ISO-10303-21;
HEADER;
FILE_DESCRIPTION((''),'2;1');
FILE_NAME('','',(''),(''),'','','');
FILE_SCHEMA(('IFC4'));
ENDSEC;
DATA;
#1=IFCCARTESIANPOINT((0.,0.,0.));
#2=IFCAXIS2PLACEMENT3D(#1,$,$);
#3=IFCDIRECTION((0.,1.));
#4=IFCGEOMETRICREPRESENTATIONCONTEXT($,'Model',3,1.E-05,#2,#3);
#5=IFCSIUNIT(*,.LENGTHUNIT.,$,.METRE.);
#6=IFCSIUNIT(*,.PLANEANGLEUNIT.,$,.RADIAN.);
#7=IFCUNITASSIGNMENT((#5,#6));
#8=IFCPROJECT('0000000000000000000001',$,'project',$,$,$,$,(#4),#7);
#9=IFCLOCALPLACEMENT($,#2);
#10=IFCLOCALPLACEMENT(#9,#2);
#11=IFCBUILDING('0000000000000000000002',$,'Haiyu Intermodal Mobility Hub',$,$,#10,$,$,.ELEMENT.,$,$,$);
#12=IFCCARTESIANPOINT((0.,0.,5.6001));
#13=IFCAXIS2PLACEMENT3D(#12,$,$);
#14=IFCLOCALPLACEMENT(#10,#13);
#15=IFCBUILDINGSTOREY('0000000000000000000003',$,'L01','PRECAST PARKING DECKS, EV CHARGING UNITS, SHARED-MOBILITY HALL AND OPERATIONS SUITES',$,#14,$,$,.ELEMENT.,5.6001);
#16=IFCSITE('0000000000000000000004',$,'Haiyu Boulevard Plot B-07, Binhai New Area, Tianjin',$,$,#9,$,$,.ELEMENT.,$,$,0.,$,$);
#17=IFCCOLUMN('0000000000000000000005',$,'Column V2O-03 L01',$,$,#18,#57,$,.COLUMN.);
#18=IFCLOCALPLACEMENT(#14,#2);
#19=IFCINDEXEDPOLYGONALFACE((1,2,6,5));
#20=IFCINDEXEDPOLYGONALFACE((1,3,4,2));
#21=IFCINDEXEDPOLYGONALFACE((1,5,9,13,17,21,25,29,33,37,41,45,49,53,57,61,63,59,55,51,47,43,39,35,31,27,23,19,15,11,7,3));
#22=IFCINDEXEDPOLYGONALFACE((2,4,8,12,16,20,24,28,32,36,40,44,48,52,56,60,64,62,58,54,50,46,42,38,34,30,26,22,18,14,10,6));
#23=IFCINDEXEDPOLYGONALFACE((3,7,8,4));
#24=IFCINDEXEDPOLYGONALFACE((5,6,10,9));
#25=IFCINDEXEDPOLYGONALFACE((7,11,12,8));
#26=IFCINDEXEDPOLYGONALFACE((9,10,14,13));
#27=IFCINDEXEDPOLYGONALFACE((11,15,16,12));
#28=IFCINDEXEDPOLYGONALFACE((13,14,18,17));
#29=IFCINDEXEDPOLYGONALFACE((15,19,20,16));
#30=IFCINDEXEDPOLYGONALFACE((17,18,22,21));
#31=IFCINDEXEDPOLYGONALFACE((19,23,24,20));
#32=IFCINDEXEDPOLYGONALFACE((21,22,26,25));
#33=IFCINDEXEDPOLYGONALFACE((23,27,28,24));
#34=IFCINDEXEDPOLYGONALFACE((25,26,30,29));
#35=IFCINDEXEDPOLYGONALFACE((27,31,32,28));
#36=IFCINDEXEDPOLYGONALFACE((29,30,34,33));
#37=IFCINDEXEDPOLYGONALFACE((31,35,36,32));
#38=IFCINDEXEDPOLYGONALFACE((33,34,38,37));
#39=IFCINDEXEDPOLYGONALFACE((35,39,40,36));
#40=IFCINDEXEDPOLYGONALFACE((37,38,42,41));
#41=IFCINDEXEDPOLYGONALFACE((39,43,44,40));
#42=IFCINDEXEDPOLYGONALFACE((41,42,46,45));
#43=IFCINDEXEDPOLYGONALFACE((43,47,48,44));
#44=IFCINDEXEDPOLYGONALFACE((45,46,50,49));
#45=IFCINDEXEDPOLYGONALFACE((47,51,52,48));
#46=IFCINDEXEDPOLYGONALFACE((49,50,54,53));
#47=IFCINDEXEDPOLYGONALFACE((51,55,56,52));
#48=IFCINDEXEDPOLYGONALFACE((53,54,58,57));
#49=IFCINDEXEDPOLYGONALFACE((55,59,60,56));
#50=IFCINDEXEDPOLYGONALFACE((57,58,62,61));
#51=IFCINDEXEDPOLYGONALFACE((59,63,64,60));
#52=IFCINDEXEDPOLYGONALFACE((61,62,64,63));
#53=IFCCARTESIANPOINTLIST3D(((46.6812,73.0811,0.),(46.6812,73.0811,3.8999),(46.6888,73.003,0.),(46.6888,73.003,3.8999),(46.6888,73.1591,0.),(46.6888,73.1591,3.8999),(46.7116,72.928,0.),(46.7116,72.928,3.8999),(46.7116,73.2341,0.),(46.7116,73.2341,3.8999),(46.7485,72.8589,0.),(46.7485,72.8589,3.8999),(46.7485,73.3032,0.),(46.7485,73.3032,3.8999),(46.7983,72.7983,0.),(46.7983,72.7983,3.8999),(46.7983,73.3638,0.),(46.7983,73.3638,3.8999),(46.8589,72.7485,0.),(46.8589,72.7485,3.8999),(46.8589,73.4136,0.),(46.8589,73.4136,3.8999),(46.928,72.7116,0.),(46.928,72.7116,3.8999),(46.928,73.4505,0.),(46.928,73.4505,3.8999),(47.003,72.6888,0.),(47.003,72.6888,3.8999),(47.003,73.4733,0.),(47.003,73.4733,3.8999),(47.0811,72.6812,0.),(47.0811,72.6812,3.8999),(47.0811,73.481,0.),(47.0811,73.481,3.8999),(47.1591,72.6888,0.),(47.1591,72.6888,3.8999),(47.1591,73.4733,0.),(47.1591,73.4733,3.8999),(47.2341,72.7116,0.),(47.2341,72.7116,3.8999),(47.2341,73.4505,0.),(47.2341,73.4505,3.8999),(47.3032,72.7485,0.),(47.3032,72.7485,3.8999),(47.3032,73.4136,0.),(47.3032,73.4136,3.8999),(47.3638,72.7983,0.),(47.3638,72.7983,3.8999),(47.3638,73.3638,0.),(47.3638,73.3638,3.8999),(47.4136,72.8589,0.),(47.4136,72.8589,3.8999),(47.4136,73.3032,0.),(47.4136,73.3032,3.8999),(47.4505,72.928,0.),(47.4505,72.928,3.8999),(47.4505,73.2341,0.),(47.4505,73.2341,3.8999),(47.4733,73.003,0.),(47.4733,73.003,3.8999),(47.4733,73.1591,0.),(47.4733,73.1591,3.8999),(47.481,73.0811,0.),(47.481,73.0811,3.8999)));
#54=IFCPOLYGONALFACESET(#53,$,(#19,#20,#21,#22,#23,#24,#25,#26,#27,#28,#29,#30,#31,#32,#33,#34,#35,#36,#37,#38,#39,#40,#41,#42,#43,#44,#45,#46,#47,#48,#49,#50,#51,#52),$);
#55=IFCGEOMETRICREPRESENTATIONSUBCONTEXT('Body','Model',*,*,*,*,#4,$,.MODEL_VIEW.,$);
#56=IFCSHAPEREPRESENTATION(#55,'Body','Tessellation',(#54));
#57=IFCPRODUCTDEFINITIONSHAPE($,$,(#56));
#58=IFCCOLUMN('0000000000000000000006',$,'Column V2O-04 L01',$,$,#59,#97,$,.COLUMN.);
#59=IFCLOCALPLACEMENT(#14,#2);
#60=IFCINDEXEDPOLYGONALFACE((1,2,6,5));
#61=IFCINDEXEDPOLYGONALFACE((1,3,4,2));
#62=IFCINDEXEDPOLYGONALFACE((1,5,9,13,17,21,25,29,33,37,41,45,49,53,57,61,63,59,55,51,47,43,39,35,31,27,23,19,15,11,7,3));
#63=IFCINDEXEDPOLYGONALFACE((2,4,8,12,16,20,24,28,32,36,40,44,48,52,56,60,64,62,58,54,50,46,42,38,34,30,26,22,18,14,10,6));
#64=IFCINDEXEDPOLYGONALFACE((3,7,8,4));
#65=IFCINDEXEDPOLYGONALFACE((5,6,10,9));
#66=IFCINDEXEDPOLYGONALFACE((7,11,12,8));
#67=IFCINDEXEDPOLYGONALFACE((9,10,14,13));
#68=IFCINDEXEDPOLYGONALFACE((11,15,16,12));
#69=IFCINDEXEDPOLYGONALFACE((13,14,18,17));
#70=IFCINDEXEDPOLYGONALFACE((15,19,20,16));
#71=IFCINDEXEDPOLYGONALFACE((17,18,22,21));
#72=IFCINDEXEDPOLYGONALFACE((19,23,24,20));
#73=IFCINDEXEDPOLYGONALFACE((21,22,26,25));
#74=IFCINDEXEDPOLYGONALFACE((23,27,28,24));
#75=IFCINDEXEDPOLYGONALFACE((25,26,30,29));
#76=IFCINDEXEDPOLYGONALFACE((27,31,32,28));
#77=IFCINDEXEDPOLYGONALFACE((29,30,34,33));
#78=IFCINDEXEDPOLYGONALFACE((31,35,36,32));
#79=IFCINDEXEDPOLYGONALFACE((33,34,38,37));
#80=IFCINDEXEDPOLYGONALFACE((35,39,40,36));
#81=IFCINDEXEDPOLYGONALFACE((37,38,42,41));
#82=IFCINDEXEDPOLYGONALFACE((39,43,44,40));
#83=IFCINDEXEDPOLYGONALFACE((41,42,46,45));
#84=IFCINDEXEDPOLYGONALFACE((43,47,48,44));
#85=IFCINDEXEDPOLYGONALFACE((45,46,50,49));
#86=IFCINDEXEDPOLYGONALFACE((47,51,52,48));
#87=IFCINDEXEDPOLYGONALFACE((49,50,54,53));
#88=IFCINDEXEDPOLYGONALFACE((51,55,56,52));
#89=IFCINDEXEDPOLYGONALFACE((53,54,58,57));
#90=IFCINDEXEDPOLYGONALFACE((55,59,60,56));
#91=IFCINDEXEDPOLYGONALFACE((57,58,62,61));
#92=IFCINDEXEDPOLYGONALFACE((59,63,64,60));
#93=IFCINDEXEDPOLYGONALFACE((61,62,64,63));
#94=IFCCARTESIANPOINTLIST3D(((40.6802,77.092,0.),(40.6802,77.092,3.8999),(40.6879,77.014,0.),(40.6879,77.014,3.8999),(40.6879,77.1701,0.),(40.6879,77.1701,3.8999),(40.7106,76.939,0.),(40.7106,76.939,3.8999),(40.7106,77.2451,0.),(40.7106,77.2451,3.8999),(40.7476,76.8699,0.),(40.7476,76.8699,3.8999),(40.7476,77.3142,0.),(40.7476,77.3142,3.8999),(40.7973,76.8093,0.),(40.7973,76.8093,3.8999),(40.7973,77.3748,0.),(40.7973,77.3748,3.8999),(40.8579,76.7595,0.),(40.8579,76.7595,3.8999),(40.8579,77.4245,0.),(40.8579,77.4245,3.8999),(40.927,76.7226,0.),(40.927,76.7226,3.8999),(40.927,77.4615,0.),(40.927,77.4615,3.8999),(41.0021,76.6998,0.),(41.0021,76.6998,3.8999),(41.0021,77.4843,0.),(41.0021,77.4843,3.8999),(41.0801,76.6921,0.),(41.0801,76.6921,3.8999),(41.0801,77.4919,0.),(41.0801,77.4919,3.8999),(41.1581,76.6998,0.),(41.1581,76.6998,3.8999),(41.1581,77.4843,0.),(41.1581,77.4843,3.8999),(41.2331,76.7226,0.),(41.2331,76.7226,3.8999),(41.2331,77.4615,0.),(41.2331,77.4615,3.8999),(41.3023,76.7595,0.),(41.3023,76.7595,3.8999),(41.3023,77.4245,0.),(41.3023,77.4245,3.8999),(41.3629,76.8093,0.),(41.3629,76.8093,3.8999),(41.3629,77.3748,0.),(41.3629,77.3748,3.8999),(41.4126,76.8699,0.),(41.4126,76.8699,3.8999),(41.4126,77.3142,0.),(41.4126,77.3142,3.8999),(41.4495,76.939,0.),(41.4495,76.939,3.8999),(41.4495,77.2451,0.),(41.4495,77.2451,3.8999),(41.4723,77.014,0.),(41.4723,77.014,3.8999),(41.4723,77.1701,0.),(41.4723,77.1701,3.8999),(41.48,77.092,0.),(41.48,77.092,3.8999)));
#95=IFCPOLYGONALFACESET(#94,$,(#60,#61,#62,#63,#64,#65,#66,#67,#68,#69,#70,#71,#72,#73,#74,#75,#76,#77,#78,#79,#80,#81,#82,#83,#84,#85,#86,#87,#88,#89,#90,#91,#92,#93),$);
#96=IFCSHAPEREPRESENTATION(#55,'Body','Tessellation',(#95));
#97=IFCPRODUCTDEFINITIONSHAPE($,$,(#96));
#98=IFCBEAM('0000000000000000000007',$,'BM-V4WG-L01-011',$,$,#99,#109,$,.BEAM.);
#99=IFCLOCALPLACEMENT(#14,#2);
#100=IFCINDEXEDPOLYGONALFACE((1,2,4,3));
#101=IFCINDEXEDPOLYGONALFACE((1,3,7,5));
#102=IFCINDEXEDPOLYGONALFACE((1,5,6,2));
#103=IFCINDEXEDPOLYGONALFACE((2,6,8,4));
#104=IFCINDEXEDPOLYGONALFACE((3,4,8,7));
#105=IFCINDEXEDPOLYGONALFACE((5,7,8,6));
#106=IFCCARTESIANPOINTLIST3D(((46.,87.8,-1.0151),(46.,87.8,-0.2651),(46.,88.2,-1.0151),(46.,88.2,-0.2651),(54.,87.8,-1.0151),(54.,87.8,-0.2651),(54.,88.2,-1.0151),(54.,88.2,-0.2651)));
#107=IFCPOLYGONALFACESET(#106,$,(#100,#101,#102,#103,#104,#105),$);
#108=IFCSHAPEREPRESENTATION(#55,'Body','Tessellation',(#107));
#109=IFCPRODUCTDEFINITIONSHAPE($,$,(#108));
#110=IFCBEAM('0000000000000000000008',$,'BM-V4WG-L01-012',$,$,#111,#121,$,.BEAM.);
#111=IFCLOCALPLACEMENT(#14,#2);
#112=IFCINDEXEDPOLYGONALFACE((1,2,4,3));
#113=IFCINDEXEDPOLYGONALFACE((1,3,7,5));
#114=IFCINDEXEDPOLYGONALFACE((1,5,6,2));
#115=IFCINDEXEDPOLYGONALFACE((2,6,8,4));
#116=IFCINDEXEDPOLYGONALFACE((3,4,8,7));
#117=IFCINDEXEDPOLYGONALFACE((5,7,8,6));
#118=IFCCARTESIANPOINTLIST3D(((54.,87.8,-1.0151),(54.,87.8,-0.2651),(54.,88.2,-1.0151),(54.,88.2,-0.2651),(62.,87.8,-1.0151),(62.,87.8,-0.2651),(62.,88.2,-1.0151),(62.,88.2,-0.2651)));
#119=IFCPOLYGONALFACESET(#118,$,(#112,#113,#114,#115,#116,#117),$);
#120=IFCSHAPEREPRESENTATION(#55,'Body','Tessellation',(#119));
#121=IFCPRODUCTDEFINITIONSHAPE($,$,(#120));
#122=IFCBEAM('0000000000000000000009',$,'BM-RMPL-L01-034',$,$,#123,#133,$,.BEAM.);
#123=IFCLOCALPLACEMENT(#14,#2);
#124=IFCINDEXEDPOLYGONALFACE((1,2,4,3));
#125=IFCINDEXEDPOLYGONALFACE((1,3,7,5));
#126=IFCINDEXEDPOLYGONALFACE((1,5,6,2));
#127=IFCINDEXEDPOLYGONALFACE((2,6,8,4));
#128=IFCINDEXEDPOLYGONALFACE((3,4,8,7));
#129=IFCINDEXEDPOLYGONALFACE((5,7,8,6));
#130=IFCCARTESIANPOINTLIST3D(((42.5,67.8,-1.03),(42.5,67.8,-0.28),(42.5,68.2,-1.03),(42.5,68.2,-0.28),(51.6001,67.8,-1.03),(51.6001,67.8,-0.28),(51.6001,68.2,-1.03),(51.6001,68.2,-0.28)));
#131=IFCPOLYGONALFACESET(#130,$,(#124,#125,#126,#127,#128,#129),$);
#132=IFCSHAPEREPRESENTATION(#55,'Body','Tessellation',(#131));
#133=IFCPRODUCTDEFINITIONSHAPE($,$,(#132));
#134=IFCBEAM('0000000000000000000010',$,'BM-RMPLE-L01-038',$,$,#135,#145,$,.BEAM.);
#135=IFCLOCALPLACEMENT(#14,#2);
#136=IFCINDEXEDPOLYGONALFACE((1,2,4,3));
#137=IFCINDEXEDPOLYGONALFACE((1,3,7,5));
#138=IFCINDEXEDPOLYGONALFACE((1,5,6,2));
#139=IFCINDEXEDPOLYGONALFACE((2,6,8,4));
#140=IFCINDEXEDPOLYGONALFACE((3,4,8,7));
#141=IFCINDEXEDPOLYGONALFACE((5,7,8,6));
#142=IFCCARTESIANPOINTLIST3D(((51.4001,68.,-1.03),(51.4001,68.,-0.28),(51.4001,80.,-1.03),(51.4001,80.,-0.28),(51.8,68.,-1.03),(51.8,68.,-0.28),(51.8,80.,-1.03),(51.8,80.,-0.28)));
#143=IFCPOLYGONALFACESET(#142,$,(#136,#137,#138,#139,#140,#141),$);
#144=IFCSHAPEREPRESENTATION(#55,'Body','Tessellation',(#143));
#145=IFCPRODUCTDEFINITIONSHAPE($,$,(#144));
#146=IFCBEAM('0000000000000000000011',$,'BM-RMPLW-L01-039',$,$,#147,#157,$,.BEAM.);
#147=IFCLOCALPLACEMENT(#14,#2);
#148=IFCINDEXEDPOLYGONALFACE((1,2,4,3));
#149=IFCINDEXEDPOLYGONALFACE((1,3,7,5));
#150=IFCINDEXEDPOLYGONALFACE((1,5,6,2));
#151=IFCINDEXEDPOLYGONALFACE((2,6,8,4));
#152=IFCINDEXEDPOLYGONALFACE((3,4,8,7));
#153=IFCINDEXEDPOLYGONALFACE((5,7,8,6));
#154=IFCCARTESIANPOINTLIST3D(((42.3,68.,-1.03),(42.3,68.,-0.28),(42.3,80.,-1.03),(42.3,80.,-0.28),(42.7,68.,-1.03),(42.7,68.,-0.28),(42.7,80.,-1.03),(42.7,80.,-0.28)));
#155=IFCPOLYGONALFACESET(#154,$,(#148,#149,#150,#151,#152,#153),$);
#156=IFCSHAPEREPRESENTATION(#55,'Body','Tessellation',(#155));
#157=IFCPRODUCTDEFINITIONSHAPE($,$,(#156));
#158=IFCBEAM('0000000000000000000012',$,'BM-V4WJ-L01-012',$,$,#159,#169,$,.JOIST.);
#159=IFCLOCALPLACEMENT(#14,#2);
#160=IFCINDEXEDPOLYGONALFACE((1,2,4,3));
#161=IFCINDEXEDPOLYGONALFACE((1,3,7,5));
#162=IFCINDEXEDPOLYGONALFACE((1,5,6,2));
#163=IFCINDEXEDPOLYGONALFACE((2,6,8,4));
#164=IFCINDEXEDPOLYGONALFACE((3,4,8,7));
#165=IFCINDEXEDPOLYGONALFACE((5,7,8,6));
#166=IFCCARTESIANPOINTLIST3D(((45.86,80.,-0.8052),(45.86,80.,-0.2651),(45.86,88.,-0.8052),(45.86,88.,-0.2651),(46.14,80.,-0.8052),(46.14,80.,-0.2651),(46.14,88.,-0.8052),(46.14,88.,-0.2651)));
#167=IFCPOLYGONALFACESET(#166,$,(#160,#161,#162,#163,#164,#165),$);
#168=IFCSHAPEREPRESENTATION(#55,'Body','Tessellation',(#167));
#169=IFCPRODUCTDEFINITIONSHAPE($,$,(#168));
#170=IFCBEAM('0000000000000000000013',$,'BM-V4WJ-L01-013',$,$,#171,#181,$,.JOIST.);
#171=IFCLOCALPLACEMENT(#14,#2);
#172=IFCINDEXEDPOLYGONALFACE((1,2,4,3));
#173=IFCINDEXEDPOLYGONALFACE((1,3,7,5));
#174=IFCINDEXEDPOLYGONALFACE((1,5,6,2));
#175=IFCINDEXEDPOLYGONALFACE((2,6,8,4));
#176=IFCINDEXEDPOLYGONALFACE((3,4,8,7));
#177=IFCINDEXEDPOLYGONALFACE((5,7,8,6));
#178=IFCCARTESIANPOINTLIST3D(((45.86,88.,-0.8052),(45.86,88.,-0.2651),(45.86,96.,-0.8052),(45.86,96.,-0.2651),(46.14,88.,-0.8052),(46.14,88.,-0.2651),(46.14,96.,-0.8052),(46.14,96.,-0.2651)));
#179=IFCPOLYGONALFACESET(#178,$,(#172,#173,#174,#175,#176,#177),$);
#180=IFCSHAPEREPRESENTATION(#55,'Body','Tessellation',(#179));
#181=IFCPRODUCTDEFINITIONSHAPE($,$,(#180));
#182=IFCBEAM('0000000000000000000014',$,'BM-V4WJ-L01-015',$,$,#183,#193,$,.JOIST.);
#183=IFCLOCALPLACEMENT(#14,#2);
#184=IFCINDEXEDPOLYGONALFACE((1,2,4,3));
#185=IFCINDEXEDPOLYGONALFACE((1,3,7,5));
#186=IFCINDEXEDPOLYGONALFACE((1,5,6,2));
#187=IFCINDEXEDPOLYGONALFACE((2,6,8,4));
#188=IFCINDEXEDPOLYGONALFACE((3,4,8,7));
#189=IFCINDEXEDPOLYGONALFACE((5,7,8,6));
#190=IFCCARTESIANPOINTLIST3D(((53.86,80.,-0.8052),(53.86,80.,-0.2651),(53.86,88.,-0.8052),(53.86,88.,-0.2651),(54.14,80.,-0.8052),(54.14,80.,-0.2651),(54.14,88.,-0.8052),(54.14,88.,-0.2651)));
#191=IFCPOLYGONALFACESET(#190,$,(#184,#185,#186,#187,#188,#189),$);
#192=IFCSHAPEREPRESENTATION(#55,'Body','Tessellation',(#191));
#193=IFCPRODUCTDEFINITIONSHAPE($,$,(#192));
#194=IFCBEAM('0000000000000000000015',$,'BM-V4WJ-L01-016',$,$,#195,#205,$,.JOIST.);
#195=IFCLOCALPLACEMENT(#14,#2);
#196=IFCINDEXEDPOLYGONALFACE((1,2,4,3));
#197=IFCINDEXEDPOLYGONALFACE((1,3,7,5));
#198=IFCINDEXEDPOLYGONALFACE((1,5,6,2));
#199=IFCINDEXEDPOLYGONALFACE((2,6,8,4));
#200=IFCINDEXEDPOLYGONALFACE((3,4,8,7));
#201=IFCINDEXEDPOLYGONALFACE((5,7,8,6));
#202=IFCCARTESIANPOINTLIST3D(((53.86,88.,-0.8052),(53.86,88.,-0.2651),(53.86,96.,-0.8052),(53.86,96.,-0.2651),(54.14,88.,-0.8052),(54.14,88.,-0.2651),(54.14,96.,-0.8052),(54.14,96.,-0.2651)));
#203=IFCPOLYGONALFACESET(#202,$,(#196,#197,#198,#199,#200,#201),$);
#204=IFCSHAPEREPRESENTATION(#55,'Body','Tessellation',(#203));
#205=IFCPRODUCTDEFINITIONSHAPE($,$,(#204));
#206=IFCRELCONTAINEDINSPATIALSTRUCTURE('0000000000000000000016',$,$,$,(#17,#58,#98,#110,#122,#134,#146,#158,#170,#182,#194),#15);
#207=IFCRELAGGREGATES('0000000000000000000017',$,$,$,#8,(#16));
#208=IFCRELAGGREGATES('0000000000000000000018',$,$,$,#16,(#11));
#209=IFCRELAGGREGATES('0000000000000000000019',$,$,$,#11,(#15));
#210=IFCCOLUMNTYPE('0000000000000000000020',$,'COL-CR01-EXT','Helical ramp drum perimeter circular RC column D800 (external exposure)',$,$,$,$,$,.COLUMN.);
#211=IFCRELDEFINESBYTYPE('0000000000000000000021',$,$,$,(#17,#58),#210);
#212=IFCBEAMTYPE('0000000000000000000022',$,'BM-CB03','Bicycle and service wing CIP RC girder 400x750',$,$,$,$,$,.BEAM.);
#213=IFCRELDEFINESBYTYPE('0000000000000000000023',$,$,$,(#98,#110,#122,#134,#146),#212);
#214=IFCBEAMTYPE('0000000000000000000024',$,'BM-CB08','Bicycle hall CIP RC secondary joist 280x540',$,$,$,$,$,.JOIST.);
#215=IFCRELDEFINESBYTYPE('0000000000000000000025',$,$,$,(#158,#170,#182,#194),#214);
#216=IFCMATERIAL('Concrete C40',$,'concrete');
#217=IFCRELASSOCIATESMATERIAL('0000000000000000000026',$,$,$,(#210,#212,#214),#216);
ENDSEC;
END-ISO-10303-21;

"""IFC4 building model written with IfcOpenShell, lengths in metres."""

from ifc_helpers import new_model, si_unit, direction, frame, origin, origin_2d, place, context, subcontext, project, spatial, rectangle, circle, extrude, material, material_profile, profile_set, type_object, element, save


model = new_model("IFC4")

# Units and contexts
model_context = context("Model", 3, precision=1e-05, world=origin(), true_north=direction((0.0, 1.0)))
body_context = subcontext(model_context, "Body", "Model", "MODEL_VIEW")
ifc_project = project(units=[si_unit("LENGTHUNIT", "METRE"), si_unit("PLANEANGLEUNIT", "RADIAN")], contexts=[model_context])

# Site, building, storey
site_placement = place(None, origin())
site = spatial("IfcSite", under=ifc_project, at=site_placement, Name="Haiyu Boulevard Plot B-07, Binhai New Area, Tianjin", CompositionType="ELEMENT", RefElevation=0.0)
building_placement = place(site_placement, origin())
building = spatial("IfcBuilding", under=site, at=building_placement, Name="Haiyu Intermodal Mobility Hub", CompositionType="ELEMENT")
storey_placement = place(building_placement, frame((0.0, 0.0, 5.6001)))
storey = spatial("IfcBuildingStorey", under=building, at=storey_placement, Name="L01", Description="PRECAST PARKING DECKS, EV CHARGING UNITS, SHARED-MOBILITY HALL AND OPERATIONS SUITES", CompositionType="ELEMENT", Elevation=5.6001)

# Columns
ifc_material_1 = material(Name="Concrete C40", Category="concrete")
ifc_material_profile_1 = material_profile(ifc_material_1, circle(Radius=0.3999, at=origin_2d()), Name="RCCOL-D800")
ifc_profile_set_1 = profile_set([ifc_material_profile_1], Name="Concrete C40")
column_type_1 = type_object("IfcColumnType", Name="COL-CR01-EXT", Description="Helical ramp drum perimeter circular RC column D800 (external exposure)", PredefinedType="COLUMN", material=ifc_profile_set_1)
for number, where, z_axis, x_axis, name in (
    (1, (47.0811, 73.0811, 0.0), (0.0, 0.0, 1.0), (1.0, 0.0, 0.0), "Column V2O-03 L01"),
    (2, (41.0801, 77.092, 0.0), (0.0, 0.0, 1.0), (1.0, 0.0, 0.0), "Column V2O-04 L01"),
):
    element("IfcColumn", number, at=place(storey_placement, frame(where, z_axis=z_axis, x_axis=x_axis)), inside=storey, type_object=column_type_1, Name=name, PredefinedType="COLUMN", context=body_context, shape_type="SweptSolid", body=[
        extrude(circle(Radius=0.3999, at=origin_2d()), origin(), (0.0, 0.0, 1.0), 3.8999),
    ])

# Beams
ifc_material_profile_2 = material_profile(ifc_material_1, rectangle(XDim=0.3999, YDim=0.75, at=origin_2d()), Name="RCB400x750")
ifc_profile_set_2 = profile_set([ifc_material_profile_2], Name="Concrete C40")
beam_type_1 = type_object("IfcBeamType", Name="BM-CB03", Description="Bicycle and service wing CIP RC girder 400x750", PredefinedType="BEAM", material=ifc_profile_set_2)
for number, where, z_axis, x_axis, name in (
    (3, (46.0, 88.0, -0.6401), (1.0, 0.0, 0.0), (0.0, 1.0, 0.0), "BM-V4WG-L01-011"),
    (4, (54.0, 88.0, -0.6401), (1.0, 0.0, 0.0), (0.0, 1.0, 0.0), "BM-V4WG-L01-012"),
):
    element("IfcBeam", number, at=place(storey_placement, frame(where, z_axis=z_axis, x_axis=x_axis)), inside=storey, type_object=beam_type_1, Name=name, PredefinedType="BEAM", context=body_context, shape_type="SweptSolid", body=[
        extrude(rectangle(XDim=0.3999, YDim=0.75, at=origin_2d()), origin(), (0.0, 0.0, 1.0), 8.0),
    ])
beam_1_placement = place(storey_placement, frame((42.5, 68.0, -0.655), z_axis=(1.0, 0.0, 0.0), x_axis=(0.0, 1.0, 0.0)))
element("IfcBeam", 5, at=beam_1_placement, inside=storey, type_object=beam_type_1, Name="BM-RMPL-L01-034", PredefinedType="BEAM", context=body_context, shape_type="SweptSolid", body=[
    extrude(rectangle(XDim=0.3999, YDim=0.75, at=origin_2d()), origin(), (0.0, 0.0, 1.0), 9.1001),
])
for number, where, z_axis, x_axis, name in (
    (6, (51.6001, 68.0, -0.655), (0.0, 1.0, 0.0), (-1.0, 0.0, 0.0), "BM-RMPLE-L01-038"),
    (7, (42.5, 68.0, -0.655), (0.0, 1.0, 0.0), (-1.0, 0.0, 0.0), "BM-RMPLW-L01-039"),
):
    element("IfcBeam", number, at=place(storey_placement, frame(where, z_axis=z_axis, x_axis=x_axis)), inside=storey, type_object=beam_type_1, Name=name, PredefinedType="BEAM", context=body_context, shape_type="SweptSolid", body=[
        extrude(rectangle(XDim=0.3999, YDim=0.75, at=origin_2d()), origin(), (0.0, 0.0, 1.0), 12.0),
    ])
ifc_material_profile_3 = material_profile(ifc_material_1, rectangle(XDim=0.28, YDim=0.54, at=origin_2d()), Name="RCB280x540")
ifc_profile_set_3 = profile_set([ifc_material_profile_3], Name="Concrete C40")
beam_type_2 = type_object("IfcBeamType", Name="BM-CB08", Description="Bicycle hall CIP RC secondary joist 280x540", PredefinedType="JOIST", material=ifc_profile_set_3)
for number, where, z_axis, x_axis, name in (
    (8, (46.0, 80.0, -0.5352), (0.0, 1.0, 0.0), (-1.0, 0.0, 0.0), "BM-V4WJ-L01-012"),
    (9, (46.0, 88.0, -0.5352), (0.0, 1.0, 0.0), (-1.0, 0.0, 0.0), "BM-V4WJ-L01-013"),
    (10, (54.0, 80.0, -0.5352), (0.0, 1.0, 0.0), (-1.0, 0.0, 0.0), "BM-V4WJ-L01-015"),
    (11, (54.0, 88.0, -0.5352), (0.0, 1.0, 0.0), (-1.0, 0.0, 0.0), "BM-V4WJ-L01-016"),
):
    element("IfcBeam", number, at=place(storey_placement, frame(where, z_axis=z_axis, x_axis=x_axis)), inside=storey, type_object=beam_type_2, Name=name, PredefinedType="JOIST", context=body_context, shape_type="SweptSolid", body=[
        extrude(rectangle(XDim=0.28, YDim=0.54, at=origin_2d()), origin(), (0.0, 0.0, 1.0), 8.0),
    ])

save(model, "model.ifc")
